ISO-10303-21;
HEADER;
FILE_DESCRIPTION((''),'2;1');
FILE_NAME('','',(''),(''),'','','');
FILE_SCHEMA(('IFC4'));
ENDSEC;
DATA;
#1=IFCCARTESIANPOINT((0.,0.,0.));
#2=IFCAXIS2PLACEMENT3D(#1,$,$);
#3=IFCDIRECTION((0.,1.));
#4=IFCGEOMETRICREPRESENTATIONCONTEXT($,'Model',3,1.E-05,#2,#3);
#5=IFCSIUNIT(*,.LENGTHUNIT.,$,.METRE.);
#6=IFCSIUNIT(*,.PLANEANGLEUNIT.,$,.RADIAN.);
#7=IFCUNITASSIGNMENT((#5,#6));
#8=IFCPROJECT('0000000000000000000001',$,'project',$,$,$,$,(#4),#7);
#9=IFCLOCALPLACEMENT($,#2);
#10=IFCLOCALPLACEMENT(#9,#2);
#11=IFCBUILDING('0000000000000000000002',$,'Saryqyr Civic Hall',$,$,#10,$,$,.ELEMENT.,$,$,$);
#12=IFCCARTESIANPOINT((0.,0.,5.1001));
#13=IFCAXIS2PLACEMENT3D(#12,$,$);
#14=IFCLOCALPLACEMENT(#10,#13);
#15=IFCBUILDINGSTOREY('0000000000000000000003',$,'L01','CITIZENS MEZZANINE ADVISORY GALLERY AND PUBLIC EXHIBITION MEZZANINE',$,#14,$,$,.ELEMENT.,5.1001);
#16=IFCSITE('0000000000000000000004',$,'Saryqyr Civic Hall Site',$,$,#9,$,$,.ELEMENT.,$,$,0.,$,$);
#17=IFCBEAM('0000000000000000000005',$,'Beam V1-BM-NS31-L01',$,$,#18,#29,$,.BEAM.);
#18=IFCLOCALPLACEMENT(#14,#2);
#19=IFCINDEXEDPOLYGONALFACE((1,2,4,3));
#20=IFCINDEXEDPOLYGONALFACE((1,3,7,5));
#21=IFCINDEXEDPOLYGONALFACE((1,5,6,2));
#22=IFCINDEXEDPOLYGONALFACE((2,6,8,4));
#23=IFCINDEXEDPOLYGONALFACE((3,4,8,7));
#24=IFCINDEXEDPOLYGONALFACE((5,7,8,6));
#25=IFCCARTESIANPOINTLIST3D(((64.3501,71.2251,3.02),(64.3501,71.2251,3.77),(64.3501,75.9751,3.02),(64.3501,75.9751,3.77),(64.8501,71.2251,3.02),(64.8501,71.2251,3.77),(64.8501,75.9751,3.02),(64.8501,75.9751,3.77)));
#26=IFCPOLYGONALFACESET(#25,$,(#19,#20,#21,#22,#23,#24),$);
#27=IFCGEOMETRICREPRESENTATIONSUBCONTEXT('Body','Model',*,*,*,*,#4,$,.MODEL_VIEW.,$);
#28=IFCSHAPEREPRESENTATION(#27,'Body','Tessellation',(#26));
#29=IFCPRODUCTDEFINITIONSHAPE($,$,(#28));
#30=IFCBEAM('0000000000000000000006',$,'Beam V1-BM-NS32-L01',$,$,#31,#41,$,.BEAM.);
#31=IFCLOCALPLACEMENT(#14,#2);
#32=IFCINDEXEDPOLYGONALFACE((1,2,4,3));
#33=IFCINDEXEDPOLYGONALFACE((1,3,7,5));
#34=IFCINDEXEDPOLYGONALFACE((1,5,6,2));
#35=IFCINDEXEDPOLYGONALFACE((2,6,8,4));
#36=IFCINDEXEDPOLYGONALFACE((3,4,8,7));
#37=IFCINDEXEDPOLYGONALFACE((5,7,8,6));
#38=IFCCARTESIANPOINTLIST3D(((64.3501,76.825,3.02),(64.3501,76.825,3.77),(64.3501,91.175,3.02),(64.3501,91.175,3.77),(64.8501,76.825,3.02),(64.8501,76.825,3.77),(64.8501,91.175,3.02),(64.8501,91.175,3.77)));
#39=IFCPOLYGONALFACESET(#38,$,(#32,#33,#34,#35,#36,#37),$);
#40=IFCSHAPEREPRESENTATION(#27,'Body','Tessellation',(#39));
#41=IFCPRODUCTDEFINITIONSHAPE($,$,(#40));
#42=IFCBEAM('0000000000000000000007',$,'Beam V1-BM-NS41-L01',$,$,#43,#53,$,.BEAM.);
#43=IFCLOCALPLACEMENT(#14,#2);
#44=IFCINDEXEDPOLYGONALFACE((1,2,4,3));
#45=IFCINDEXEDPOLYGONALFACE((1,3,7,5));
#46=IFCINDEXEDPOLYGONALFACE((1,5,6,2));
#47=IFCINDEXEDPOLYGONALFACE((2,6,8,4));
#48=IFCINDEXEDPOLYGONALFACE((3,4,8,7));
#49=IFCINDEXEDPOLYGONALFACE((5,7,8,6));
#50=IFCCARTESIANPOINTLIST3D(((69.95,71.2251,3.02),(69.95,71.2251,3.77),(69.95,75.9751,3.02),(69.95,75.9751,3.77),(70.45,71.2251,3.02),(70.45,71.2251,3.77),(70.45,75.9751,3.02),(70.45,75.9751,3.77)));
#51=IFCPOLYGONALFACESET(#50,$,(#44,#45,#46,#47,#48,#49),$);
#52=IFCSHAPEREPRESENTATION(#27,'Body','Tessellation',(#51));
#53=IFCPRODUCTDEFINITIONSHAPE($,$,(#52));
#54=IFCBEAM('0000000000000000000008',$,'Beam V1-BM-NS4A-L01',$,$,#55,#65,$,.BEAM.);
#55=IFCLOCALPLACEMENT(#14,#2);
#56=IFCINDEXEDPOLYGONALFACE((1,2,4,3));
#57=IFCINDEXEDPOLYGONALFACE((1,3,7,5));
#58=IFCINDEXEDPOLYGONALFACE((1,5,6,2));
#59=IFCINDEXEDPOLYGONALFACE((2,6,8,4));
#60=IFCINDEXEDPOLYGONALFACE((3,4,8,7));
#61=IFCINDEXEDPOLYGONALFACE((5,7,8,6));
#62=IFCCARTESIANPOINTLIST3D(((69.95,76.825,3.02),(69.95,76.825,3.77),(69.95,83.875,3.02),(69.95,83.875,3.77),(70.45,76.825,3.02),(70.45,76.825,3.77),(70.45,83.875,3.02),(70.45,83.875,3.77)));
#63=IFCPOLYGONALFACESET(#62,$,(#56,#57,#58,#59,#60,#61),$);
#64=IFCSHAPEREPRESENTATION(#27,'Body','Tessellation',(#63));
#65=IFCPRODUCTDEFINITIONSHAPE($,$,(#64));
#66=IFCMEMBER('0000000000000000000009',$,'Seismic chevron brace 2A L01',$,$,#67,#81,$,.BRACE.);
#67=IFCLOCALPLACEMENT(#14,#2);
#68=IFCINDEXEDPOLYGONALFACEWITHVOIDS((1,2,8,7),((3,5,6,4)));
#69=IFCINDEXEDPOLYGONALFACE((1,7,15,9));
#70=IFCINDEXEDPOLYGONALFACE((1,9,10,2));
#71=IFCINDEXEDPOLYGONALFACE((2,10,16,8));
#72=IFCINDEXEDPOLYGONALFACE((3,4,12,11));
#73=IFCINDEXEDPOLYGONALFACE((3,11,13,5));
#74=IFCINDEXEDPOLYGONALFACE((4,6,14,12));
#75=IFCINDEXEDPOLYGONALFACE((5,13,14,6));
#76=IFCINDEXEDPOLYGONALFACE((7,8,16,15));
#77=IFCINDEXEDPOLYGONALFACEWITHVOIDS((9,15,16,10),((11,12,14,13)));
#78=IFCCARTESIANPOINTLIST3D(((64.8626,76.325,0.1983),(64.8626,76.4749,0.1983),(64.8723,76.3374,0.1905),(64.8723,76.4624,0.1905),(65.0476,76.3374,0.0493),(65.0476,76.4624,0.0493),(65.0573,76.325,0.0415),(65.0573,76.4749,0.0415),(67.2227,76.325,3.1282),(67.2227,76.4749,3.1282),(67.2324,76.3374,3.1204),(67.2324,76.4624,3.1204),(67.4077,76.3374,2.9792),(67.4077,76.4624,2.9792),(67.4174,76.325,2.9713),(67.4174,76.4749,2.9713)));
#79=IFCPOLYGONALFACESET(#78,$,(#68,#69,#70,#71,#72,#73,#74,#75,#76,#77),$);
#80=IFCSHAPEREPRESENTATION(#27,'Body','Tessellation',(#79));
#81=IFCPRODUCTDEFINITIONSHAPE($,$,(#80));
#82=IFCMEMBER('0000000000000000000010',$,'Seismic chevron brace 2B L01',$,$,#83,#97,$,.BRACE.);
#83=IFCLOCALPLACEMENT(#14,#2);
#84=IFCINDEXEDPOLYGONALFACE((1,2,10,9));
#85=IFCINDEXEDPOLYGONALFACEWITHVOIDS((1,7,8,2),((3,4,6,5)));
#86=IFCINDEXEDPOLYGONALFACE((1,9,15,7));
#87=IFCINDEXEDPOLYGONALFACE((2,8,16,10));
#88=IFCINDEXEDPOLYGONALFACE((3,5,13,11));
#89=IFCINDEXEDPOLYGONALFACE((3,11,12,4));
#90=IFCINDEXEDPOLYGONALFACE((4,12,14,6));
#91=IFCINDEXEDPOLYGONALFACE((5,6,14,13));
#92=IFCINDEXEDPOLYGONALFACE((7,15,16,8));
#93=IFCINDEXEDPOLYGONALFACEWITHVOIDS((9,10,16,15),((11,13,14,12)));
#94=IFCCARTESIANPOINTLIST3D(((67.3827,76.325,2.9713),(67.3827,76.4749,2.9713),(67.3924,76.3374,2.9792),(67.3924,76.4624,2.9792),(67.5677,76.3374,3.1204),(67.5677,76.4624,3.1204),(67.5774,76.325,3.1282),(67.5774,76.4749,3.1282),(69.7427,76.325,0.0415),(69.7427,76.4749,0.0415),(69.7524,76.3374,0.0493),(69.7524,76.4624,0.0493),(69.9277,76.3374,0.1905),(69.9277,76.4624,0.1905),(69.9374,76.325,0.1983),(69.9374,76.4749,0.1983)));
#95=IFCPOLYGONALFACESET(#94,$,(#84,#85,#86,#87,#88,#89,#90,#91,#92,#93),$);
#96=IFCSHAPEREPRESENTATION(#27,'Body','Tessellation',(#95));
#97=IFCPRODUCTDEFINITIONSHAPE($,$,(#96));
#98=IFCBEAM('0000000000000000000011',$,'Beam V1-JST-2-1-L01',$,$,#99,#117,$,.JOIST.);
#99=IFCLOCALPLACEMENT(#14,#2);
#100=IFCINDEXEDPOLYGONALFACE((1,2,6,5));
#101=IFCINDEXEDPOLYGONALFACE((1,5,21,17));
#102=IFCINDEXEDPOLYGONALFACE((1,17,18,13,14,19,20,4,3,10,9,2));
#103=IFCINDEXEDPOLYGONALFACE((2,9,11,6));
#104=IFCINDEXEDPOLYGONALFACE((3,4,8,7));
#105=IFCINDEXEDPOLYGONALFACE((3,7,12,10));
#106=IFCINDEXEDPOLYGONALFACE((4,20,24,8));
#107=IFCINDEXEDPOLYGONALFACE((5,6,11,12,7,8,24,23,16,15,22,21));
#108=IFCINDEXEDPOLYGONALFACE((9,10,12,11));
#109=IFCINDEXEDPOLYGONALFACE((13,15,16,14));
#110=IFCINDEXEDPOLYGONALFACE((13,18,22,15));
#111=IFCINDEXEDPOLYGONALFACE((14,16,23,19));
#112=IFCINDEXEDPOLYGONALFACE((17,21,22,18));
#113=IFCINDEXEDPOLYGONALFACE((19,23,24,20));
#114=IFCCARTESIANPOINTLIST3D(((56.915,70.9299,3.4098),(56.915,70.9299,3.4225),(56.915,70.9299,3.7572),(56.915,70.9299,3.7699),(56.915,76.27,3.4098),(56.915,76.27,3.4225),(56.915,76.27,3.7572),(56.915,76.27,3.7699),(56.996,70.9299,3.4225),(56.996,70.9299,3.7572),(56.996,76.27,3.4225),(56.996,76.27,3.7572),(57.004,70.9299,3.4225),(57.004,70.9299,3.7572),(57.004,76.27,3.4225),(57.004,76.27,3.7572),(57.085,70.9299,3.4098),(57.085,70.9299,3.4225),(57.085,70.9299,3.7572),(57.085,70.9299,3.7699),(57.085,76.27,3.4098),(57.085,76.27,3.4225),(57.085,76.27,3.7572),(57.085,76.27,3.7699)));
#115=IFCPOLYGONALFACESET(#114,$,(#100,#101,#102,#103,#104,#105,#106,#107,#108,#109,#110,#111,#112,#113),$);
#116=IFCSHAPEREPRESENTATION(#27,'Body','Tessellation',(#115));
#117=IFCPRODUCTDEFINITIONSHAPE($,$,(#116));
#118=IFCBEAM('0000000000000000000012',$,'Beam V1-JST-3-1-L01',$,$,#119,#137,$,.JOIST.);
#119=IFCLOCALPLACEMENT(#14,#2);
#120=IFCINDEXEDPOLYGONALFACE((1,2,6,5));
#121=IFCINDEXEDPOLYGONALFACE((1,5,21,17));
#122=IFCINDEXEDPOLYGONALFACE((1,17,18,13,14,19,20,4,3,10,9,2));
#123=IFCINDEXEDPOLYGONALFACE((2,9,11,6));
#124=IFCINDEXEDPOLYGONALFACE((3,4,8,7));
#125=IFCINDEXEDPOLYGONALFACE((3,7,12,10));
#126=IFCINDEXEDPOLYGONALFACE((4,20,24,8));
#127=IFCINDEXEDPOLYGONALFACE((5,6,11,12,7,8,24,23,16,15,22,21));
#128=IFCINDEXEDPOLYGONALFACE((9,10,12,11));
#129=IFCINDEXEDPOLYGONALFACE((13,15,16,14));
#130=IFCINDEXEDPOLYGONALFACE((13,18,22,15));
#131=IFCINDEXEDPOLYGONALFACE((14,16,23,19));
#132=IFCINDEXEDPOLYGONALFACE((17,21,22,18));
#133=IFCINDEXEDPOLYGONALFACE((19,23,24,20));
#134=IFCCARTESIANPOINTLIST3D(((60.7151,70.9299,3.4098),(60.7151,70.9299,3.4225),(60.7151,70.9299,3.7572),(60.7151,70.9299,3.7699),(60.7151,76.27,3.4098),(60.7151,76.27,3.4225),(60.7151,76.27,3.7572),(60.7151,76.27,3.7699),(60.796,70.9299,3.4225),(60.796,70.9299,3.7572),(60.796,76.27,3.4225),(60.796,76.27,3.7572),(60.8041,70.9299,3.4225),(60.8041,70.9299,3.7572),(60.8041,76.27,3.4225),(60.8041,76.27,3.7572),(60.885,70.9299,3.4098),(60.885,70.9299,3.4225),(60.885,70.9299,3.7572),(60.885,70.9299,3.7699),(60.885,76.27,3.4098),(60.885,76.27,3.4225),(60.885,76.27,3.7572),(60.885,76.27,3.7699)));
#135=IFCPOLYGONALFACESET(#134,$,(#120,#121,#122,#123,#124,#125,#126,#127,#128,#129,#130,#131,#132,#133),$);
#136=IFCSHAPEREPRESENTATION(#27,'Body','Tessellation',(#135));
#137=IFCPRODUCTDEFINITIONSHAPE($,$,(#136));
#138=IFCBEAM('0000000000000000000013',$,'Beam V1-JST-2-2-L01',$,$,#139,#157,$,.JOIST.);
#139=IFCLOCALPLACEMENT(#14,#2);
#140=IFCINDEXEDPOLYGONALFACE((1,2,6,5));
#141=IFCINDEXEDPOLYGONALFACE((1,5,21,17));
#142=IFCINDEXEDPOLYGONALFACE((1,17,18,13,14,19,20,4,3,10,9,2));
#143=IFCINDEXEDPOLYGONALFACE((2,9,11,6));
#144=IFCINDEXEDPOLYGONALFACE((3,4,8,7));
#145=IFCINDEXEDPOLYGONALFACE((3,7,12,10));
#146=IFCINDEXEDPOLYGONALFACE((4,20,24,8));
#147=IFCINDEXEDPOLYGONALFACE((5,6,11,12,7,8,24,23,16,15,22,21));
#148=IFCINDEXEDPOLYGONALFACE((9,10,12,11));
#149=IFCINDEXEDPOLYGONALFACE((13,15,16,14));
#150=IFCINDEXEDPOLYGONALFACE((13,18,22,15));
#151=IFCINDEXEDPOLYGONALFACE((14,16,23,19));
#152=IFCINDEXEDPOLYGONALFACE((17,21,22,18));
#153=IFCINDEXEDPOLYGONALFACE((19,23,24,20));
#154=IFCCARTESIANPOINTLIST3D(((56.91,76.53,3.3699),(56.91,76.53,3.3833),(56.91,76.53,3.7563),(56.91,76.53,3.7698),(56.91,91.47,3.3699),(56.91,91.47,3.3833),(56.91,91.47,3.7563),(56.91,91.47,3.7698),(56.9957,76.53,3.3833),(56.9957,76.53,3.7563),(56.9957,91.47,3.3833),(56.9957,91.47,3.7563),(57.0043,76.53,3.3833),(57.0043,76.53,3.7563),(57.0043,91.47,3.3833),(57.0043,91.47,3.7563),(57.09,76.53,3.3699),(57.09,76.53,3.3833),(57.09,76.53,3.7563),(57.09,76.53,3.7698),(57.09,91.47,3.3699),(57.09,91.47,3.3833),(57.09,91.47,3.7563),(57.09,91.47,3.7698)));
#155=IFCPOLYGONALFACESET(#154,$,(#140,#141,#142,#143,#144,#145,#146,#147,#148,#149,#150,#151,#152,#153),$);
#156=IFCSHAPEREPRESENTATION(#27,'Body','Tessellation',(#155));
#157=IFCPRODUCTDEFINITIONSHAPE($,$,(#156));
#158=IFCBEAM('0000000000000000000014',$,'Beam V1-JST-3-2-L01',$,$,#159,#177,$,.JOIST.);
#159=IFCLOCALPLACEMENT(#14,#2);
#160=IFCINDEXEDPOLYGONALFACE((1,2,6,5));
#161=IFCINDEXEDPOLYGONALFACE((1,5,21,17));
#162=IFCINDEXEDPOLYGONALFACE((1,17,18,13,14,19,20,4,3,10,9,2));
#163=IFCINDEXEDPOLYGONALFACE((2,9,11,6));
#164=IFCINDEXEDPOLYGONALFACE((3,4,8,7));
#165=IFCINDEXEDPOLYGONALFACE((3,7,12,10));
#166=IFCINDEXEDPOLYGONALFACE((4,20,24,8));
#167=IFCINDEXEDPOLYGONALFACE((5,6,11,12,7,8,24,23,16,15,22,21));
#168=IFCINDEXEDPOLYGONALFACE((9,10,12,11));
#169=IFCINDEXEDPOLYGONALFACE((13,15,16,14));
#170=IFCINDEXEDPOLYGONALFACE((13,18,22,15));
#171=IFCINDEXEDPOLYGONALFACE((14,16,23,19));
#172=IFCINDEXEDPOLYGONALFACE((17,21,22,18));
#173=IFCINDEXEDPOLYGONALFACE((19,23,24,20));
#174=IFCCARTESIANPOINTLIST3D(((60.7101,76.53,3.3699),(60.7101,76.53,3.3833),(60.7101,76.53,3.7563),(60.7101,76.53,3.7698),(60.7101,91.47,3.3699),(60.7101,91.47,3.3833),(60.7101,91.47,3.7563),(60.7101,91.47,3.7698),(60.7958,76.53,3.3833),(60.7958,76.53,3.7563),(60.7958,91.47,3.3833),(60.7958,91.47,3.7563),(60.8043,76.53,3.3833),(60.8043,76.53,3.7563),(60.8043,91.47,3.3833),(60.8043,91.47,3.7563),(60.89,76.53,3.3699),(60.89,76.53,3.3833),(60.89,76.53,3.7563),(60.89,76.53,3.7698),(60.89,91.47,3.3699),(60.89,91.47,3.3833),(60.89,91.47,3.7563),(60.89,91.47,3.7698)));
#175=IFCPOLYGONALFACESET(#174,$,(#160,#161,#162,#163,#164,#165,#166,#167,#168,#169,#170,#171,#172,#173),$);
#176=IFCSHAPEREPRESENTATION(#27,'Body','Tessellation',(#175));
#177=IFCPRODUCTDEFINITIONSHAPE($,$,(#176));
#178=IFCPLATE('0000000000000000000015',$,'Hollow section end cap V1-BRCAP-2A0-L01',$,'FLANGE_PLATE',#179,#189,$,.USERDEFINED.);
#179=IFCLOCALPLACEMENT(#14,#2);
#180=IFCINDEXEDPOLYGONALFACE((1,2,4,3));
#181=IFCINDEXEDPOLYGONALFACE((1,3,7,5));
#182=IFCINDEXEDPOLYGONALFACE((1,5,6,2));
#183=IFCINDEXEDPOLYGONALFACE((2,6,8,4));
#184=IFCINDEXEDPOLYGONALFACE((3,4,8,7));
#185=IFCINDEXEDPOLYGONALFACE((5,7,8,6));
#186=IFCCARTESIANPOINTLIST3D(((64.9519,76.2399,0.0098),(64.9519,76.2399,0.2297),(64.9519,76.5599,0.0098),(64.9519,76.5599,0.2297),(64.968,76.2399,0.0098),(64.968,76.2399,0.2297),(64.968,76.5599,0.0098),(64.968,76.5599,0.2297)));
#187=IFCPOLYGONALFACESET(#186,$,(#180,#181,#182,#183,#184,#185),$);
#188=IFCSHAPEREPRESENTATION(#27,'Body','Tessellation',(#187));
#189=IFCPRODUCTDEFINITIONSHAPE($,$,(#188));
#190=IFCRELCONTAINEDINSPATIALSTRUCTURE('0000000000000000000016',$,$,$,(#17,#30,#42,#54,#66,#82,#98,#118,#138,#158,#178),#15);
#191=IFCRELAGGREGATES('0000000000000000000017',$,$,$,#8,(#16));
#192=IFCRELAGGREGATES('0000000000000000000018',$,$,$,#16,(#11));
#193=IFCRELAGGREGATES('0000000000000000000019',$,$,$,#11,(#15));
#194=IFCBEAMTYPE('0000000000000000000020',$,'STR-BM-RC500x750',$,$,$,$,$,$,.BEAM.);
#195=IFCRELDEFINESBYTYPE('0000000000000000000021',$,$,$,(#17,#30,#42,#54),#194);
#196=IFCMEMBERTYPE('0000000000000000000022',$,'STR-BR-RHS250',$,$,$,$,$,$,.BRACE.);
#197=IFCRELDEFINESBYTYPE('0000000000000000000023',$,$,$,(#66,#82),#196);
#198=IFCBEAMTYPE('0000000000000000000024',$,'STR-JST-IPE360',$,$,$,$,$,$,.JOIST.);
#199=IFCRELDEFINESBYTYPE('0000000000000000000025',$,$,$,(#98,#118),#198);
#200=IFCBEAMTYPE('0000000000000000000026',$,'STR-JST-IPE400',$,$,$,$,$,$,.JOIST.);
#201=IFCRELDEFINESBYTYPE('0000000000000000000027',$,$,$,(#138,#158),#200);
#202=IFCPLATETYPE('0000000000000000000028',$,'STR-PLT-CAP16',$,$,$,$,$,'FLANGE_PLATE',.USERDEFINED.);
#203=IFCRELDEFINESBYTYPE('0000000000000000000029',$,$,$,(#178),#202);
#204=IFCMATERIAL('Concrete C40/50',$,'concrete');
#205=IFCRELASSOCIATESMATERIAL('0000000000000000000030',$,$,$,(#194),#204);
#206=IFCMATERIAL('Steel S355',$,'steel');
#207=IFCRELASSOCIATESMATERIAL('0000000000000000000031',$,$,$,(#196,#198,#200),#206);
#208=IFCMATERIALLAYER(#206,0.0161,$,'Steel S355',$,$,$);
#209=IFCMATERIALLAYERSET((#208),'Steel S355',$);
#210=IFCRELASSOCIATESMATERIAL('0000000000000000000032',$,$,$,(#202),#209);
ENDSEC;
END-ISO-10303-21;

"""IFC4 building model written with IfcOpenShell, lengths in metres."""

from ifc_helpers import new_model, si_unit, direction, frame, origin, origin_2d, place, context, subcontext, project, spatial, rectangle, hollow_rectangle, i_section, extrude, material, layer, layer_set, material_profile, profile_set, type_object, element, save


model = new_model("IFC4")

# Units and contexts
model_context = context("Model", 3, precision=1e-05, world=origin(), true_north=direction((0.0, 1.0)))
body_context = subcontext(model_context, "Body", "Model", "MODEL_VIEW")
ifc_project = project(units=[si_unit("LENGTHUNIT", "METRE"), si_unit("PLANEANGLEUNIT", "RADIAN")], contexts=[model_context])

# Site, building, storey
site_placement = place(None, origin())
site = spatial("IfcSite", under=ifc_project, at=site_placement, Name="Saryqyr Civic Hall Site", CompositionType="ELEMENT", RefElevation=0.0)
building_placement = place(site_placement, origin())
building = spatial("IfcBuilding", under=site, at=building_placement, Name="Saryqyr Civic Hall", CompositionType="ELEMENT")
storey_placement = place(building_placement, frame((0.0, 0.0, 5.1001)))
storey = spatial("IfcBuildingStorey", under=building, at=storey_placement, Name="L01", Description="CITIZENS MEZZANINE ADVISORY GALLERY AND PUBLIC EXHIBITION MEZZANINE", CompositionType="ELEMENT", Elevation=5.1001)

# Shared definitions
ifc_material_1 = material(Name="Concrete C40/50", Category="concrete")

# Beams
ifc_material_profile_1 = material_profile(ifc_material_1, rectangle(XDim=0.5, YDim=0.75, at=origin_2d()), Name="RC 500x750")
ifc_profile_set_1 = profile_set([ifc_material_profile_1], Name="Concrete C40/50")
beam_type_1 = type_object("IfcBeamType", Name="STR-BM-RC500x750", PredefinedType="BEAM", material=ifc_profile_set_1)
for number, where, z_axis, x_axis, name in (
    (1, (64.6001, 71.2251, 3.395), (0.0, 1.0, 0.0), (-1.0, 0.0, 0.0), "Beam V1-BM-NS31-L01"),
):
    element("IfcBeam", number, at=place(storey_placement, frame(where, z_axis=z_axis, x_axis=x_axis)), inside=storey, type_object=beam_type_1, Name=name, PredefinedType="BEAM", context=body_context, shape_type="SweptSolid", body=[
        extrude(rectangle(XDim=0.5, YDim=0.75, at=origin_2d()), origin(), (0.0, 0.0, 1.0), 4.75),
    ])
beam_1_placement = place(storey_placement, frame((64.6001, 76.825, 3.395), z_axis=(0.0, 1.0, 0.0), x_axis=(-1.0, 0.0, 0.0)))
element("IfcBeam", 2, at=beam_1_placement, inside=storey, type_object=beam_type_1, Name="Beam V1-BM-NS32-L01", PredefinedType="BEAM", context=body_context, shape_type="SweptSolid", body=[
    extrude(rectangle(XDim=0.5, YDim=0.75, at=origin_2d()), origin(), (0.0, 0.0, 1.0), 14.3501),
])
beam_2_placement = place(storey_placement, frame((70.2, 71.2251, 3.395), z_axis=(0.0, 1.0, 0.0), x_axis=(-1.0, 0.0, 0.0)))
element("IfcBeam", 3, at=beam_2_placement, inside=storey, type_object=beam_type_1, Name="Beam V1-BM-NS41-L01", PredefinedType="BEAM", context=body_context, shape_type="SweptSolid", body=[
    extrude(rectangle(XDim=0.5, YDim=0.75, at=origin_2d()), origin(), (0.0, 0.0, 1.0), 4.75),
])
beam_3_placement = place(storey_placement, frame((70.2, 76.825, 3.395), z_axis=(0.0, 1.0, 0.0), x_axis=(-1.0, 0.0, 0.0)))
element("IfcBeam", 4, at=beam_3_placement, inside=storey, type_object=beam_type_1, Name="Beam V1-BM-NS4A-L01", PredefinedType="BEAM", context=body_context, shape_type="SweptSolid", body=[
    extrude(rectangle(XDim=0.5, YDim=0.75, at=origin_2d()), origin(), (0.0, 0.0, 1.0), 7.05),
])

# Members
ifc_material_2 = material(Name="Steel S355", Category="steel")
ifc_material_profile_2 = material_profile(ifc_material_2, hollow_rectangle(XDim=0.1499, YDim=0.25, WallThickness=0.0125, at=origin_2d()), Name="RHS 250x150x12.5")
ifc_profile_set_2 = profile_set([ifc_material_profile_2], Name="Steel S355")
member_type = type_object("IfcMemberType", Name="STR-BR-RHS250", PredefinedType="BRACE", material=ifc_profile_set_2)
for number, where, z_axis, x_axis, name in (
    (5, (64.96, 76.3999, 0.1199), (0.627311, 0.0, 0.778769), (0.0, 1.0, 0.0), "Seismic chevron brace 2A L01"),
    (6, (69.8401, 76.3999, 0.1199), (-0.627311, 0.0, 0.778769), (0.0, -1.0, 0.0), "Seismic chevron brace 2B L01"),
):
    element("IfcMember", number, at=place(storey_placement, frame(where, z_axis=z_axis, x_axis=x_axis)), inside=storey, type_object=member_type, Name=name, PredefinedType="BRACE", context=body_context, shape_type="SweptSolid", body=[
        extrude(hollow_rectangle(XDim=0.1499, YDim=0.25, WallThickness=0.0125, at=origin_2d()), origin(), (0.0, 0.0, 1.0), 3.7622),
    ])

# Beams
ifc_material_profile_3 = material_profile(ifc_material_2, i_section(OverallWidth=0.1699, OverallDepth=0.3601, WebThickness=0.0081, FlangeThickness=0.0127, at=origin_2d()), Name="IPE 360")
ifc_profile_set_3 = profile_set([ifc_material_profile_3], Name="Steel S355")
beam_type_2 = type_object("IfcBeamType", Name="STR-JST-IPE360", PredefinedType="JOIST", material=ifc_profile_set_3)
for number, where, z_axis, x_axis, name in (
    (7, (57.0, 70.9299, 3.5898), (0.0, 1.0, 0.0), (-1.0, 0.0, 0.0), "Beam V1-JST-2-1-L01"),
    (8, (60.8, 70.9299, 3.5898), (0.0, 1.0, 0.0), (-1.0, 0.0, 0.0), "Beam V1-JST-3-1-L01"),
):
    element("IfcBeam", number, at=place(storey_placement, frame(where, z_axis=z_axis, x_axis=x_axis)), inside=storey, type_object=beam_type_2, Name=name, PredefinedType="JOIST", context=body_context, shape_type="SweptSolid", body=[
        extrude(i_section(OverallWidth=0.1699, OverallDepth=0.3601, WebThickness=0.0081, FlangeThickness=0.0127, at=origin_2d()), origin(), (0.0, 0.0, 1.0), 5.3401),
    ])
ifc_material_profile_4 = material_profile(ifc_material_2, i_section(OverallWidth=0.1799, OverallDepth=0.3999, WebThickness=0.0085, FlangeThickness=0.0134, at=origin_2d()), Name="IPE 400")
ifc_profile_set_4 = profile_set([ifc_material_profile_4], Name="Steel S355")
beam_type_3 = type_object("IfcBeamType", Name="STR-JST-IPE400", PredefinedType="JOIST", material=ifc_profile_set_4)
for number, where, z_axis, x_axis, name in (
    (9, (57.0, 76.53, 3.5698), (0.0, 1.0, 0.0), (-1.0, 0.0, 0.0), "Beam V1-JST-2-2-L01"),
    (10, (60.8, 76.53, 3.5698), (0.0, 1.0, 0.0), (-1.0, 0.0, 0.0), "Beam V1-JST-3-2-L01"),
):
    element("IfcBeam", number, at=place(storey_placement, frame(where, z_axis=z_axis, x_axis=x_axis)), inside=storey, type_object=beam_type_3, Name=name, PredefinedType="JOIST", context=body_context, shape_type="SweptSolid", body=[
        extrude(i_section(OverallWidth=0.1799, OverallDepth=0.3999, WebThickness=0.0085, FlangeThickness=0.0134, at=origin_2d()), origin(), (0.0, 0.0, 1.0), 14.9399),
    ])

# Plate
ifc_layer_1 = layer(ifc_material_2, 0.0161, Name="Steel S355")
ifc_layer_set_1 = layer_set([ifc_layer_1], Name="Steel S355")
plate_type_1 = type_object("IfcPlateType", Name="STR-PLT-CAP16", ElementType="FLANGE_PLATE", PredefinedType="USERDEFINED", material=ifc_layer_set_1)
for number, where, z_axis, x_axis, name in (
    (11, (64.96, 76.3999, 0.0098), (0.0, 0.0, 1.0), (1.0, 0.0, 0.0), "Hollow section end cap V1-BRCAP-2A0-L01"),
):
    element("IfcPlate", number, at=place(storey_placement, frame(where, z_axis=z_axis, x_axis=x_axis)), inside=storey, type_object=plate_type_1, Name=name, ObjectType="FLANGE_PLATE", PredefinedType="USERDEFINED", context=body_context, shape_type="SweptSolid", body=[
        extrude(rectangle(XDim=0.0161, YDim=0.3201, at=origin_2d()), origin(), (0.0, 0.0, 1.0), 0.22),
    ])

save(model, "model.ifc")
